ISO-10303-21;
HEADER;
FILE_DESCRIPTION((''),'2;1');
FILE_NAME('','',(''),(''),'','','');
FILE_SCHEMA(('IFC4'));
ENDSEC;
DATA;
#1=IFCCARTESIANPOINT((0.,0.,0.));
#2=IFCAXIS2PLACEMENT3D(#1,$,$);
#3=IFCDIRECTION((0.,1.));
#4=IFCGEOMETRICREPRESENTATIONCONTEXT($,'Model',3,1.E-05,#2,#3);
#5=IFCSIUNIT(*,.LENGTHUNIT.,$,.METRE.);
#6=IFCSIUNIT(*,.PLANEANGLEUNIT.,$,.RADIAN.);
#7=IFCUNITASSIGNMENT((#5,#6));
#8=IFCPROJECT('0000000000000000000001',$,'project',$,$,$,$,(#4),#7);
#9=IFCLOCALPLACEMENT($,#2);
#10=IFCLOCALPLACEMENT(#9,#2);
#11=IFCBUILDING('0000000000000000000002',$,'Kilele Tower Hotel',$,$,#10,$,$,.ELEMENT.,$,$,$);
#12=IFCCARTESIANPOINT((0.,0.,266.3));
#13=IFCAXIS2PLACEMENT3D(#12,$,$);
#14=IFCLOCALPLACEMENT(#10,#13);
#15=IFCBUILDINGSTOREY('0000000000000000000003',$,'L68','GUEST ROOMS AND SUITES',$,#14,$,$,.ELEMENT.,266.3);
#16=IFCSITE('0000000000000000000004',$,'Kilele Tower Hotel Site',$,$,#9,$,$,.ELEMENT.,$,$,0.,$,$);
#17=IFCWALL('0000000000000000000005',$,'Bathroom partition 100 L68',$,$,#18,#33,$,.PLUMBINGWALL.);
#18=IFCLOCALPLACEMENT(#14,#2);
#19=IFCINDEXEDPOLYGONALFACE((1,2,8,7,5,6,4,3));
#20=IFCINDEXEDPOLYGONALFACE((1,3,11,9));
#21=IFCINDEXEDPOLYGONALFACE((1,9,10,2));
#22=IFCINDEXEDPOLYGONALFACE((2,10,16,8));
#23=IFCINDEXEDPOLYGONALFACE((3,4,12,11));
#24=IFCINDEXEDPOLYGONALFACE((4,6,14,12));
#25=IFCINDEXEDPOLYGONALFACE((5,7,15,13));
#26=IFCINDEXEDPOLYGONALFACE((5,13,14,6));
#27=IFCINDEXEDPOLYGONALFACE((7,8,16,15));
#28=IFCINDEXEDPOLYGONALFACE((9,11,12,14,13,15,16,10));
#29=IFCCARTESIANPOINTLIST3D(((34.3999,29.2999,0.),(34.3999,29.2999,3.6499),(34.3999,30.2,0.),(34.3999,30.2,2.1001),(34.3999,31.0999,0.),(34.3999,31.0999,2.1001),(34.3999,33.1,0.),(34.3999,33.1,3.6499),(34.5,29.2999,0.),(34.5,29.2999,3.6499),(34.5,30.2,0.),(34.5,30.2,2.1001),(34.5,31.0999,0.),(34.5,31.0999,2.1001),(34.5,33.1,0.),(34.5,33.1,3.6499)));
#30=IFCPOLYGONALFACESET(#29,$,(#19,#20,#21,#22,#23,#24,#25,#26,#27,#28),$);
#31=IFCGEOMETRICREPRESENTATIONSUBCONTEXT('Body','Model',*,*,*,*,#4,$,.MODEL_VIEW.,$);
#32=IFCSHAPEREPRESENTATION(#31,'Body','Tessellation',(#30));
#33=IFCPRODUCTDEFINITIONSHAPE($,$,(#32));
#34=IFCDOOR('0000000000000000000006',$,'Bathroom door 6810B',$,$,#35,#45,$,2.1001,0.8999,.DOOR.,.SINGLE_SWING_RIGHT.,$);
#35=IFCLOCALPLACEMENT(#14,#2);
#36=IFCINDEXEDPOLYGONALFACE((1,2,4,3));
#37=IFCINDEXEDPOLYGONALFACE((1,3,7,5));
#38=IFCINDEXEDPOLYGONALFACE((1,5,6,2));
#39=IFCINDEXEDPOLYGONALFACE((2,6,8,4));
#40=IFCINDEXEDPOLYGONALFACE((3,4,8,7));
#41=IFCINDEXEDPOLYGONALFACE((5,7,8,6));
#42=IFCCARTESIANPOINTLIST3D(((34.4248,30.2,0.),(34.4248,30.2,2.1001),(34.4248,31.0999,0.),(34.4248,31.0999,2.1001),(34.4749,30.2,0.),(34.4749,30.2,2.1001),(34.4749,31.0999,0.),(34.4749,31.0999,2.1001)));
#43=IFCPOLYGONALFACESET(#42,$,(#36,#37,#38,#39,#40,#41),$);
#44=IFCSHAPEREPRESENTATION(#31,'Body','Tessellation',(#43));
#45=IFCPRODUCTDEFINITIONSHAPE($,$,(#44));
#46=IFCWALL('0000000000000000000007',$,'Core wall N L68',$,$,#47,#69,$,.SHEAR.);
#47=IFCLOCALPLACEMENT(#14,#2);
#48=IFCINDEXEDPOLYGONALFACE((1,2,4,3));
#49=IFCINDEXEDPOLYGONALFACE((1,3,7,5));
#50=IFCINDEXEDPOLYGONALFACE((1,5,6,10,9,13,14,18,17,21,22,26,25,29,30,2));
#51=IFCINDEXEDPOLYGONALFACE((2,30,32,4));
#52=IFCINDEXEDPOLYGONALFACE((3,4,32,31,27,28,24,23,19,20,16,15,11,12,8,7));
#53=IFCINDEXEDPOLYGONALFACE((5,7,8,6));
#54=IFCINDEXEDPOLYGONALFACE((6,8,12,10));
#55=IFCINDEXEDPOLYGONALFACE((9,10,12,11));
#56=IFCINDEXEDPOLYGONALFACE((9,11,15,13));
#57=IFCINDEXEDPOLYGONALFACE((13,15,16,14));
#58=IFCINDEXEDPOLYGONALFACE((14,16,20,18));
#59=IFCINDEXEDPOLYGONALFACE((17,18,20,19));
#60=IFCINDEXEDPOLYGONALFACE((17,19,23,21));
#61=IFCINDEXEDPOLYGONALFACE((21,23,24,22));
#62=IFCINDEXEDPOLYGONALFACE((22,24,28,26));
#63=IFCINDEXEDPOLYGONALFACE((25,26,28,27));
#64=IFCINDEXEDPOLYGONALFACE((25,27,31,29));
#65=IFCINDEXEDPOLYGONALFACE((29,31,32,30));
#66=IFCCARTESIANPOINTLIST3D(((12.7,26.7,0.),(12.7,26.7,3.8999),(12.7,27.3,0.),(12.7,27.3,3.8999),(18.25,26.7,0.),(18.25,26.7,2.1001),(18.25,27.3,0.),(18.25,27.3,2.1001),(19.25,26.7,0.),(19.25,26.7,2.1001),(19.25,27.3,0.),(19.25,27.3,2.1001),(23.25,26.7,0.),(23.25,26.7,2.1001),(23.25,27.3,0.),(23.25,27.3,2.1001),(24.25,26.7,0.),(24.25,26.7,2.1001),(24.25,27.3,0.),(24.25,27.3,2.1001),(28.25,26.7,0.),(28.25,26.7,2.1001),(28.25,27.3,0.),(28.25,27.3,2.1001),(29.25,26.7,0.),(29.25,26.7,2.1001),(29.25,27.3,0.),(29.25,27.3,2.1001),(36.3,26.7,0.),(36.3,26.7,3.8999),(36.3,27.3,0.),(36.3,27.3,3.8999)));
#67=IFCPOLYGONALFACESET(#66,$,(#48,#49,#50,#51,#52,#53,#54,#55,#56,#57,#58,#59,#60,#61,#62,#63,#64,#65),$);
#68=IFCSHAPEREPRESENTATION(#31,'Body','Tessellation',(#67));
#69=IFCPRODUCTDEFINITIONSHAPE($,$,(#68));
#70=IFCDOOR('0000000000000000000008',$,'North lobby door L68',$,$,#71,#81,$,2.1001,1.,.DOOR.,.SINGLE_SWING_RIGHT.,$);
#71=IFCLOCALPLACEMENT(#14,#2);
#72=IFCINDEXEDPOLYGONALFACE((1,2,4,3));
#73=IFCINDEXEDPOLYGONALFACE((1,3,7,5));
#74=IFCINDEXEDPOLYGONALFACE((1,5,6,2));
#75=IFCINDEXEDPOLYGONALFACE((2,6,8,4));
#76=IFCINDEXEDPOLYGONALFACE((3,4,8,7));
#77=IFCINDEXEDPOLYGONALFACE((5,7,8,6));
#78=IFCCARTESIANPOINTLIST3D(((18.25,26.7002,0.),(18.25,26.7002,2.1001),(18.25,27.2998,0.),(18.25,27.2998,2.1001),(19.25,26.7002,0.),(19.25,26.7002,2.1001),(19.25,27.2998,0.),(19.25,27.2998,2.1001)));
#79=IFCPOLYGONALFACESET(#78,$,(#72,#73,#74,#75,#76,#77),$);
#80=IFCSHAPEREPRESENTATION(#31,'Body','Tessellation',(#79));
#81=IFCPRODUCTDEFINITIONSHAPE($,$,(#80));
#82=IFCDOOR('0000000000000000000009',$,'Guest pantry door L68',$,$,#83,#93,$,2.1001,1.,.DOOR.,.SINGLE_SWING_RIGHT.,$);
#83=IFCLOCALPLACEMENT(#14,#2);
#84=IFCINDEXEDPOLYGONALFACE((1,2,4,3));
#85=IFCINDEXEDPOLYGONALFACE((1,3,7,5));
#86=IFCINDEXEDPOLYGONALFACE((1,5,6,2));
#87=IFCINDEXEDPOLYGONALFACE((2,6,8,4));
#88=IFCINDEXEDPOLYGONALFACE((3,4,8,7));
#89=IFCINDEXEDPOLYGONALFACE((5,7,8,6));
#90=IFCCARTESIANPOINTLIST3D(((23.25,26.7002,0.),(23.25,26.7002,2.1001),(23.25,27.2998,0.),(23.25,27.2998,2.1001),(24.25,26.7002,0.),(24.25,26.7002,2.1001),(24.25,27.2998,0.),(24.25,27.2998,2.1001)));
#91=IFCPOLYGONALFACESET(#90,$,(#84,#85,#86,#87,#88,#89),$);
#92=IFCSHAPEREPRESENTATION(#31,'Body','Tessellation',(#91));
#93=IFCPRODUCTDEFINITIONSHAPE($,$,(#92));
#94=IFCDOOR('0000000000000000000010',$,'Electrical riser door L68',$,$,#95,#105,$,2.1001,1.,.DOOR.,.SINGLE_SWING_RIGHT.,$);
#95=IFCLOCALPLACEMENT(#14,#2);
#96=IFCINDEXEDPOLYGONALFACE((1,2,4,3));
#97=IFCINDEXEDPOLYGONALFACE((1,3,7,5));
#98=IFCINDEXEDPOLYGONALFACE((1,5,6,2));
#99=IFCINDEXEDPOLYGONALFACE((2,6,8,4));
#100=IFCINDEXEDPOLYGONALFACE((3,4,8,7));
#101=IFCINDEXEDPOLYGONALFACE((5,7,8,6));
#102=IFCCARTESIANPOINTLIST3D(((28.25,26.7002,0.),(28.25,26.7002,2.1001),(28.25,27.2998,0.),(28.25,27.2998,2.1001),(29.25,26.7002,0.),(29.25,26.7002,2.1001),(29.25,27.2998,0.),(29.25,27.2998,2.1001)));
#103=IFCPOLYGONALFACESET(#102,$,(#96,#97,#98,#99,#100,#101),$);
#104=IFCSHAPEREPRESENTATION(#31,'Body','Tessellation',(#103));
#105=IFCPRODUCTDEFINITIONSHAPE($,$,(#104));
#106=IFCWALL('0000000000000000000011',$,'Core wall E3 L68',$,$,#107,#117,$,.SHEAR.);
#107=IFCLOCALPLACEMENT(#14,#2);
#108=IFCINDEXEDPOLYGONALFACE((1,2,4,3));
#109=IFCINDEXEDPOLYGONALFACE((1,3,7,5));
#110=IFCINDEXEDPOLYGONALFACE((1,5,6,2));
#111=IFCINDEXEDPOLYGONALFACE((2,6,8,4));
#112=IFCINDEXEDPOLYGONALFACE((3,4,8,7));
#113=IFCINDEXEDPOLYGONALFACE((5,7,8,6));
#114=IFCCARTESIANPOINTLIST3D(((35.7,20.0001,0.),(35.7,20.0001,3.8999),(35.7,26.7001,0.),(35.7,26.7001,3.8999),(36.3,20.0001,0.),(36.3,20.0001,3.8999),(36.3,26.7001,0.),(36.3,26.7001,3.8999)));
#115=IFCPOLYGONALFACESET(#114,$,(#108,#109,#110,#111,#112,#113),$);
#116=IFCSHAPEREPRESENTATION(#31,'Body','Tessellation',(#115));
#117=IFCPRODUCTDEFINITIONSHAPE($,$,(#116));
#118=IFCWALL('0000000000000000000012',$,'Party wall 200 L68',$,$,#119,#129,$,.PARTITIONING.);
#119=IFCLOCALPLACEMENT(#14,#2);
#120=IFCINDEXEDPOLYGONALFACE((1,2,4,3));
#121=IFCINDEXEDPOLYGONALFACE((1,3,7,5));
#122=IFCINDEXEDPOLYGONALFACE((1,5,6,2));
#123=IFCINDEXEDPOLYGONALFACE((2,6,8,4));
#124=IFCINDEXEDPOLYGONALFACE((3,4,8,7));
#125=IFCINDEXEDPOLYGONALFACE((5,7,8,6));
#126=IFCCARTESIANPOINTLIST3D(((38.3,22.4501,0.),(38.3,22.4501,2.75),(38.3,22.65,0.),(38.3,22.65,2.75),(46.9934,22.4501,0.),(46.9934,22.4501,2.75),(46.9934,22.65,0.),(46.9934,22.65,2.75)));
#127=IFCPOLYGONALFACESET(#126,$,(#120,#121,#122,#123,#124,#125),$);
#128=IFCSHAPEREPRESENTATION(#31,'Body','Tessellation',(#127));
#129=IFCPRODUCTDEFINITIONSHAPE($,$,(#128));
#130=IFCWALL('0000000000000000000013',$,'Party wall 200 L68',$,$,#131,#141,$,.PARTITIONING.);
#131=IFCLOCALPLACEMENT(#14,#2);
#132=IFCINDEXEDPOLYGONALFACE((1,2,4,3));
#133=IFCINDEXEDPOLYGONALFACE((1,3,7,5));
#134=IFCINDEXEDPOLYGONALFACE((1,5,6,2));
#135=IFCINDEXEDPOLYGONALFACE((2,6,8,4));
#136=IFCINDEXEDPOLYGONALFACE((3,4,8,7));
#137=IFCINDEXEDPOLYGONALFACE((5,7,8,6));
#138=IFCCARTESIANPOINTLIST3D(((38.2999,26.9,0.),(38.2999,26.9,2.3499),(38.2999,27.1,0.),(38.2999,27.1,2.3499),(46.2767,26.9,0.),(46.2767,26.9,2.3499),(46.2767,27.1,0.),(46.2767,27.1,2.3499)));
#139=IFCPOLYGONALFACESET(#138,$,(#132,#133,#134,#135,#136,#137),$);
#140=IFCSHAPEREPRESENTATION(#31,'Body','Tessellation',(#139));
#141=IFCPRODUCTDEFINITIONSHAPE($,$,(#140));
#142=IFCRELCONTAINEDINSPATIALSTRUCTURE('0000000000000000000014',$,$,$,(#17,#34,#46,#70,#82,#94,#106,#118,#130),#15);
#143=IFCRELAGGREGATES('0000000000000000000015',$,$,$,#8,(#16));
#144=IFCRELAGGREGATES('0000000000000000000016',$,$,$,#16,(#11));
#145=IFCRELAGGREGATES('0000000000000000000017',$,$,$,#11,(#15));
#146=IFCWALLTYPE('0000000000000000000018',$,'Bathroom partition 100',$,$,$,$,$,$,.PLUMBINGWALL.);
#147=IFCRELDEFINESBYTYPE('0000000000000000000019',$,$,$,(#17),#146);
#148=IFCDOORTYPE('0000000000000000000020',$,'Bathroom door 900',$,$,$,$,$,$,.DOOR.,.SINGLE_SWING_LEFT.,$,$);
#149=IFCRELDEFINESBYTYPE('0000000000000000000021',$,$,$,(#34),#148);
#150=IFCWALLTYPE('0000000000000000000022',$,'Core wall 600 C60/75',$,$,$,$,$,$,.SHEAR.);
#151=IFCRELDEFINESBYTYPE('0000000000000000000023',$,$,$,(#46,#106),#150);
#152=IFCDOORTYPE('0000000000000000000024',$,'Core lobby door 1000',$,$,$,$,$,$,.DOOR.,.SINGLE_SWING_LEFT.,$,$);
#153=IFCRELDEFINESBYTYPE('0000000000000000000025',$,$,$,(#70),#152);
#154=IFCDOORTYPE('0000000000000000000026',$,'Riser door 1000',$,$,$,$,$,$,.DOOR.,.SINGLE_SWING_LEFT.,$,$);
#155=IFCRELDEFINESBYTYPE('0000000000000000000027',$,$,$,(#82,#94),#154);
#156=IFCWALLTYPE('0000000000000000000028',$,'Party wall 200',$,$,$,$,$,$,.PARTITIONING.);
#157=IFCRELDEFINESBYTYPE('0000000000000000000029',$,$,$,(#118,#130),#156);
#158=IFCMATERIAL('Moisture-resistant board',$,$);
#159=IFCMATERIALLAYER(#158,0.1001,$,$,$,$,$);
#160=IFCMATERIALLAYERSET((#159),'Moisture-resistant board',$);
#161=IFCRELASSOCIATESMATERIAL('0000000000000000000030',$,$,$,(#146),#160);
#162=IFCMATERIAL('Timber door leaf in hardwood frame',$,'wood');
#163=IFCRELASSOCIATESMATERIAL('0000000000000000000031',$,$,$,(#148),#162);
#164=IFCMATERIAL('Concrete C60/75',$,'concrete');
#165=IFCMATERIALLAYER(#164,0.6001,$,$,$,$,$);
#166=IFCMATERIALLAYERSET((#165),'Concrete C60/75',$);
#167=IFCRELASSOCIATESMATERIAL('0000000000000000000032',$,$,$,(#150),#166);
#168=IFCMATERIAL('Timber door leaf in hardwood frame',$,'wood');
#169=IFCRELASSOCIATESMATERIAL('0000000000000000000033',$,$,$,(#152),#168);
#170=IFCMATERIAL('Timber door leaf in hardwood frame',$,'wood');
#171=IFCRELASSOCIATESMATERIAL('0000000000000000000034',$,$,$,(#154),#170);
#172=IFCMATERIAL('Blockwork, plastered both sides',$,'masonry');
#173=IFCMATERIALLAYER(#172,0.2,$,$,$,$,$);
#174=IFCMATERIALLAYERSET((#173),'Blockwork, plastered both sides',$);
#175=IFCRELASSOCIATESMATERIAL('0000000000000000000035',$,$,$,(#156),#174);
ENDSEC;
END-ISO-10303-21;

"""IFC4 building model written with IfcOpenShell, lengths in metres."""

from ifc_helpers import new_model, si_unit, direction, frame, frame_2d, origin, place, context, subcontext, project, spatial, rectangle, extrude, material, layer, layer_set, type_object, element, fill, save


model = new_model("IFC4")

# Units and contexts
model_context = context("Model", 3, precision=1e-05, world=origin(), true_north=direction((0.0, 1.0)))
body_context = subcontext(model_context, "Body", "Model", "MODEL_VIEW")
ifc_project = project(units=[si_unit("LENGTHUNIT", "METRE"), si_unit("PLANEANGLEUNIT", "RADIAN")], contexts=[model_context])

# Site, building, storey
site_placement = place(None, origin())
site = spatial("IfcSite", under=ifc_project, at=site_placement, Name="Kilele Tower Hotel Site", CompositionType="ELEMENT", RefElevation=0.0)
building_placement = place(site_placement, origin())
building = spatial("IfcBuilding", under=site, at=building_placement, Name="Kilele Tower Hotel", CompositionType="ELEMENT")
storey_placement = place(building_placement, frame((0.0, 0.0, 266.3)))
storey = spatial("IfcBuildingStorey", under=building, at=storey_placement, Name="L68", Description="GUEST ROOMS AND SUITES", CompositionType="ELEMENT", Elevation=266.3)

# Shared definitions
ifc_material_1 = material(Name="Moisture-resistant board")
ifc_layer_1 = layer(ifc_material_1, 0.1001)
ifc_layer_set_1 = layer_set([ifc_layer_1], Name="Moisture-resistant board")
wall_type_1 = type_object("IfcWallType", Name="Bathroom partition 100", PredefinedType="PLUMBINGWALL", material=ifc_layer_set_1)

# Shared definitions
ifc_material_2 = material(Name="Timber door leaf in hardwood frame", Category="wood")
door_type_1 = type_object("IfcDoorType", Name="Bathroom door 900", OperationType="SINGLE_SWING_LEFT", PredefinedType="DOOR", material=ifc_material_2)

# Wall, opening, door
wall_1_placement = place(storey_placement, frame((34.45, 29.3, 0.0), z_axis=(0.0, 0.0, 1.0), x_axis=(0.0, 1.0, 0.0)))
wall_1 = element("IfcWall", 1, at=wall_1_placement, inside=storey, type_object=wall_type_1, Name="Bathroom partition 100 L68", PredefinedType="PLUMBINGWALL", context=body_context, shape_type="SweptSolid", body=[
    extrude(rectangle(XDim=3.8, YDim=0.1001, at=frame_2d((1.8999, 0.0))), origin(), (0.0, 0.0, 1.0), 3.6499),
])
opening_1_placement = place(wall_1_placement, frame((1.7998, 0.0, 0.0), z_axis=(0.0, 0.0, 1.0), x_axis=(-1.0, 0.0, 0.0)))
opening_1 = element("IfcOpeningElement", 2, at=opening_1_placement, cuts=wall_1, PredefinedType="OPENING", context=body_context, shape_type="SweptSolid", body=[
    extrude(rectangle(XDim=0.8999, YDim=2.1001, at=frame_2d((0.45, 1.05))), frame((0.0, 0.0601, 0.0), z_axis=(0.0, -1.0, 0.0), x_axis=(1.0, 0.0, 0.0)), (0.0, 0.0, 1.0), 0.1201),
])
door_1_placement = place(opening_1_placement, origin())
door_1 = element("IfcDoor", 3, at=door_1_placement, inside=storey, type_object=door_type_1, Name="Bathroom door 6810B", OperationType="SINGLE_SWING_RIGHT", OverallHeight=2.1001, OverallWidth=0.8999, PredefinedType="DOOR", context=body_context, shape_type="SweptSolid", body=[
    extrude(rectangle(XDim=0.8999, YDim=2.1001, at=frame_2d((0.45, 1.05))), frame((0.0, 0.0249, 0.0), z_axis=(0.0, -1.0, 0.0), x_axis=(1.0, 0.0, 0.0)), (0.0, 0.0, 1.0), 0.05),
])
fill(opening_1, door_1)

# Wall, openings, doors
ifc_material_3 = material(Name="Concrete C60/75", Category="concrete")
ifc_layer_2 = layer(ifc_material_3, 0.6001)
ifc_layer_set_2 = layer_set([ifc_layer_2], Name="Concrete C60/75")
wall_type_2 = type_object("IfcWallType", Name="Core wall 600 C60/75", PredefinedType="SHEAR", material=ifc_layer_set_2)
wall_2_placement = place(storey_placement, frame((36.3, 27.0, 0.0), z_axis=(0.0, 0.0, 1.0), x_axis=(-1.0, 0.0, 0.0)))
wall_2 = element("IfcWall", 4, at=wall_2_placement, inside=storey, type_object=wall_type_2, Name="Core wall N L68", PredefinedType="SHEAR", context=body_context, shape_type="SweptSolid", body=[
    extrude(rectangle(XDim=23.6001, YDim=0.6001, at=frame_2d((11.8, 0.0))), origin(), (0.0, 0.0, 1.0), 3.8999),
])
opening_2_placement = place(wall_2_placement, frame((17.05, 0.0, 0.0)))
opening_2 = element("IfcOpeningElement", 5, at=opening_2_placement, cuts=wall_2, PredefinedType="OPENING", context=body_context, shape_type="SweptSolid", body=[
    extrude(rectangle(XDim=1.0, YDim=2.1001, at=frame_2d((0.5, 1.05))), frame((0.0, 0.3101, 0.0), z_axis=(0.0, -1.0, 0.0), x_axis=(1.0, 0.0, 0.0)), (0.0, 0.0, 1.0), 0.6201),
])
opening_3_placement = place(wall_2_placement, frame((12.05, 0.0, 0.0)))
opening_3 = element("IfcOpeningElement", 6, at=opening_3_placement, cuts=wall_2, PredefinedType="OPENING", context=body_context, shape_type="SweptSolid", body=[
    extrude(rectangle(XDim=1.0, YDim=2.1001, at=frame_2d((0.5, 1.05))), frame((0.0, 0.3101, 0.0), z_axis=(0.0, -1.0, 0.0), x_axis=(1.0, 0.0, 0.0)), (0.0, 0.0, 1.0), 0.6201),
])
opening_4_placement = place(wall_2_placement, frame((7.05, 0.0, 0.0)))
opening_4 = element("IfcOpeningElement", 7, at=opening_4_placement, cuts=wall_2, PredefinedType="OPENING", context=body_context, shape_type="SweptSolid", body=[
    extrude(rectangle(XDim=1.0, YDim=2.1001, at=frame_2d((0.5, 1.05))), frame((0.0, 0.3101, 0.0), z_axis=(0.0, -1.0, 0.0), x_axis=(1.0, 0.0, 0.0)), (0.0, 0.0, 1.0), 0.6201),
])
ifc_material_4 = material(Name="Timber door leaf in hardwood frame", Category="wood")
door_type_2 = type_object("IfcDoorType", Name="Core lobby door 1000", OperationType="SINGLE_SWING_LEFT", PredefinedType="DOOR", material=ifc_material_4)
door_2_placement = place(opening_2_placement, origin())
door_2 = element("IfcDoor", 8, at=door_2_placement, inside=storey, type_object=door_type_2, Name="North lobby door L68", OperationType="SINGLE_SWING_RIGHT", OverallHeight=2.1001, OverallWidth=1.0, PredefinedType="DOOR", context=body_context, shape_type="SweptSolid", body=[
    extrude(rectangle(XDim=1.0, YDim=2.1001, at=frame_2d((0.5, 1.05))), frame((0.0, 0.2998, 0.0), z_axis=(0.0, -1.0, 0.0), x_axis=(1.0, 0.0, 0.0)), (0.0, 0.0, 1.0), 0.5996),
])
fill(opening_2, door_2)
ifc_material_5 = material(Name="Timber door leaf in hardwood frame", Category="wood")
door_type_3 = type_object("IfcDoorType", Name="Riser door 1000", OperationType="SINGLE_SWING_LEFT", PredefinedType="DOOR", material=ifc_material_5)
door_3_placement = place(opening_3_placement, origin())
door_3 = element("IfcDoor", 9, at=door_3_placement, inside=storey, type_object=door_type_3, Name="Guest pantry door L68", OperationType="SINGLE_SWING_RIGHT", OverallHeight=2.1001, OverallWidth=1.0, PredefinedType="DOOR", context=body_context, shape_type="SweptSolid", body=[
    extrude(rectangle(XDim=1.0, YDim=2.1001, at=frame_2d((0.5, 1.05))), frame((0.0, 0.2998, 0.0), z_axis=(0.0, -1.0, 0.0), x_axis=(1.0, 0.0, 0.0)), (0.0, 0.0, 1.0), 0.5996),
])
fill(opening_3, door_3)
door_4_placement = place(opening_4_placement, origin())
door_4 = element("IfcDoor", 10, at=door_4_placement, inside=storey, type_object=door_type_3, Name="Electrical riser door L68", OperationType="SINGLE_SWING_RIGHT", OverallHeight=2.1001, OverallWidth=1.0, PredefinedType="DOOR", context=body_context, shape_type="SweptSolid", body=[
    extrude(rectangle(XDim=1.0, YDim=2.1001, at=frame_2d((0.5, 1.05))), frame((0.0, 0.2998, 0.0), z_axis=(0.0, -1.0, 0.0), x_axis=(1.0, 0.0, 0.0)), (0.0, 0.0, 1.0), 0.5996),
])
fill(opening_4, door_4)

# Walls
wall_3_placement = place(storey_placement, frame((36.0, 20.0, 0.0), z_axis=(0.0, 0.0, 1.0), x_axis=(0.0, 1.0, 0.0)))
element("IfcWall", 11, at=wall_3_placement, inside=storey, type_object=wall_type_2, Name="Core wall E3 L68", PredefinedType="SHEAR", context=body_context, shape_type="SweptSolid", body=[
    extrude(rectangle(XDim=6.7, YDim=0.6001, at=frame_2d((3.3501, 0.0))), origin(), (0.0, 0.0, 1.0), 3.8999),
])
ifc_material_6 = material(Name="Blockwork, plastered both sides", Category="masonry")
ifc_layer_3 = layer(ifc_material_6, 0.2)
ifc_layer_set_3 = layer_set([ifc_layer_3], Name="Blockwork, plastered both sides")
wall_type_3 = type_object("IfcWallType", Name="Party wall 200", PredefinedType="PARTITIONING", material=ifc_layer_set_3)
wall_4_placement = place(storey_placement, frame((38.3, 22.55, 0.0), z_axis=(0.0, 0.0, 1.0), x_axis=(1.0, 0.0, 0.0)))
element("IfcWall", 12, at=wall_4_placement, inside=storey, type_object=wall_type_3, Name="Party wall 200 L68", PredefinedType="PARTITIONING", context=body_context, shape_type="SweptSolid", body=[
    extrude(rectangle(XDim=8.6934, YDim=0.2, at=frame_2d((4.3467, 0.0))), origin(), (0.0, 0.0, 1.0), 2.75),
])
wall_5_placement = place(storey_placement, frame((38.3, 27.0, 0.0), z_axis=(0.0, 0.0, 1.0), x_axis=(1.0, 0.0, 0.0)))
element("IfcWall", 13, at=wall_5_placement, inside=storey, type_object=wall_type_3, Name="Party wall 200 L68", PredefinedType="PARTITIONING", context=body_context, shape_type="SweptSolid", body=[
    extrude(rectangle(XDim=7.9768, YDim=0.2, at=frame_2d((3.9883, 0.0))), origin(), (0.0, 0.0, 1.0), 2.3499),
])

save(model, "model.ifc")
